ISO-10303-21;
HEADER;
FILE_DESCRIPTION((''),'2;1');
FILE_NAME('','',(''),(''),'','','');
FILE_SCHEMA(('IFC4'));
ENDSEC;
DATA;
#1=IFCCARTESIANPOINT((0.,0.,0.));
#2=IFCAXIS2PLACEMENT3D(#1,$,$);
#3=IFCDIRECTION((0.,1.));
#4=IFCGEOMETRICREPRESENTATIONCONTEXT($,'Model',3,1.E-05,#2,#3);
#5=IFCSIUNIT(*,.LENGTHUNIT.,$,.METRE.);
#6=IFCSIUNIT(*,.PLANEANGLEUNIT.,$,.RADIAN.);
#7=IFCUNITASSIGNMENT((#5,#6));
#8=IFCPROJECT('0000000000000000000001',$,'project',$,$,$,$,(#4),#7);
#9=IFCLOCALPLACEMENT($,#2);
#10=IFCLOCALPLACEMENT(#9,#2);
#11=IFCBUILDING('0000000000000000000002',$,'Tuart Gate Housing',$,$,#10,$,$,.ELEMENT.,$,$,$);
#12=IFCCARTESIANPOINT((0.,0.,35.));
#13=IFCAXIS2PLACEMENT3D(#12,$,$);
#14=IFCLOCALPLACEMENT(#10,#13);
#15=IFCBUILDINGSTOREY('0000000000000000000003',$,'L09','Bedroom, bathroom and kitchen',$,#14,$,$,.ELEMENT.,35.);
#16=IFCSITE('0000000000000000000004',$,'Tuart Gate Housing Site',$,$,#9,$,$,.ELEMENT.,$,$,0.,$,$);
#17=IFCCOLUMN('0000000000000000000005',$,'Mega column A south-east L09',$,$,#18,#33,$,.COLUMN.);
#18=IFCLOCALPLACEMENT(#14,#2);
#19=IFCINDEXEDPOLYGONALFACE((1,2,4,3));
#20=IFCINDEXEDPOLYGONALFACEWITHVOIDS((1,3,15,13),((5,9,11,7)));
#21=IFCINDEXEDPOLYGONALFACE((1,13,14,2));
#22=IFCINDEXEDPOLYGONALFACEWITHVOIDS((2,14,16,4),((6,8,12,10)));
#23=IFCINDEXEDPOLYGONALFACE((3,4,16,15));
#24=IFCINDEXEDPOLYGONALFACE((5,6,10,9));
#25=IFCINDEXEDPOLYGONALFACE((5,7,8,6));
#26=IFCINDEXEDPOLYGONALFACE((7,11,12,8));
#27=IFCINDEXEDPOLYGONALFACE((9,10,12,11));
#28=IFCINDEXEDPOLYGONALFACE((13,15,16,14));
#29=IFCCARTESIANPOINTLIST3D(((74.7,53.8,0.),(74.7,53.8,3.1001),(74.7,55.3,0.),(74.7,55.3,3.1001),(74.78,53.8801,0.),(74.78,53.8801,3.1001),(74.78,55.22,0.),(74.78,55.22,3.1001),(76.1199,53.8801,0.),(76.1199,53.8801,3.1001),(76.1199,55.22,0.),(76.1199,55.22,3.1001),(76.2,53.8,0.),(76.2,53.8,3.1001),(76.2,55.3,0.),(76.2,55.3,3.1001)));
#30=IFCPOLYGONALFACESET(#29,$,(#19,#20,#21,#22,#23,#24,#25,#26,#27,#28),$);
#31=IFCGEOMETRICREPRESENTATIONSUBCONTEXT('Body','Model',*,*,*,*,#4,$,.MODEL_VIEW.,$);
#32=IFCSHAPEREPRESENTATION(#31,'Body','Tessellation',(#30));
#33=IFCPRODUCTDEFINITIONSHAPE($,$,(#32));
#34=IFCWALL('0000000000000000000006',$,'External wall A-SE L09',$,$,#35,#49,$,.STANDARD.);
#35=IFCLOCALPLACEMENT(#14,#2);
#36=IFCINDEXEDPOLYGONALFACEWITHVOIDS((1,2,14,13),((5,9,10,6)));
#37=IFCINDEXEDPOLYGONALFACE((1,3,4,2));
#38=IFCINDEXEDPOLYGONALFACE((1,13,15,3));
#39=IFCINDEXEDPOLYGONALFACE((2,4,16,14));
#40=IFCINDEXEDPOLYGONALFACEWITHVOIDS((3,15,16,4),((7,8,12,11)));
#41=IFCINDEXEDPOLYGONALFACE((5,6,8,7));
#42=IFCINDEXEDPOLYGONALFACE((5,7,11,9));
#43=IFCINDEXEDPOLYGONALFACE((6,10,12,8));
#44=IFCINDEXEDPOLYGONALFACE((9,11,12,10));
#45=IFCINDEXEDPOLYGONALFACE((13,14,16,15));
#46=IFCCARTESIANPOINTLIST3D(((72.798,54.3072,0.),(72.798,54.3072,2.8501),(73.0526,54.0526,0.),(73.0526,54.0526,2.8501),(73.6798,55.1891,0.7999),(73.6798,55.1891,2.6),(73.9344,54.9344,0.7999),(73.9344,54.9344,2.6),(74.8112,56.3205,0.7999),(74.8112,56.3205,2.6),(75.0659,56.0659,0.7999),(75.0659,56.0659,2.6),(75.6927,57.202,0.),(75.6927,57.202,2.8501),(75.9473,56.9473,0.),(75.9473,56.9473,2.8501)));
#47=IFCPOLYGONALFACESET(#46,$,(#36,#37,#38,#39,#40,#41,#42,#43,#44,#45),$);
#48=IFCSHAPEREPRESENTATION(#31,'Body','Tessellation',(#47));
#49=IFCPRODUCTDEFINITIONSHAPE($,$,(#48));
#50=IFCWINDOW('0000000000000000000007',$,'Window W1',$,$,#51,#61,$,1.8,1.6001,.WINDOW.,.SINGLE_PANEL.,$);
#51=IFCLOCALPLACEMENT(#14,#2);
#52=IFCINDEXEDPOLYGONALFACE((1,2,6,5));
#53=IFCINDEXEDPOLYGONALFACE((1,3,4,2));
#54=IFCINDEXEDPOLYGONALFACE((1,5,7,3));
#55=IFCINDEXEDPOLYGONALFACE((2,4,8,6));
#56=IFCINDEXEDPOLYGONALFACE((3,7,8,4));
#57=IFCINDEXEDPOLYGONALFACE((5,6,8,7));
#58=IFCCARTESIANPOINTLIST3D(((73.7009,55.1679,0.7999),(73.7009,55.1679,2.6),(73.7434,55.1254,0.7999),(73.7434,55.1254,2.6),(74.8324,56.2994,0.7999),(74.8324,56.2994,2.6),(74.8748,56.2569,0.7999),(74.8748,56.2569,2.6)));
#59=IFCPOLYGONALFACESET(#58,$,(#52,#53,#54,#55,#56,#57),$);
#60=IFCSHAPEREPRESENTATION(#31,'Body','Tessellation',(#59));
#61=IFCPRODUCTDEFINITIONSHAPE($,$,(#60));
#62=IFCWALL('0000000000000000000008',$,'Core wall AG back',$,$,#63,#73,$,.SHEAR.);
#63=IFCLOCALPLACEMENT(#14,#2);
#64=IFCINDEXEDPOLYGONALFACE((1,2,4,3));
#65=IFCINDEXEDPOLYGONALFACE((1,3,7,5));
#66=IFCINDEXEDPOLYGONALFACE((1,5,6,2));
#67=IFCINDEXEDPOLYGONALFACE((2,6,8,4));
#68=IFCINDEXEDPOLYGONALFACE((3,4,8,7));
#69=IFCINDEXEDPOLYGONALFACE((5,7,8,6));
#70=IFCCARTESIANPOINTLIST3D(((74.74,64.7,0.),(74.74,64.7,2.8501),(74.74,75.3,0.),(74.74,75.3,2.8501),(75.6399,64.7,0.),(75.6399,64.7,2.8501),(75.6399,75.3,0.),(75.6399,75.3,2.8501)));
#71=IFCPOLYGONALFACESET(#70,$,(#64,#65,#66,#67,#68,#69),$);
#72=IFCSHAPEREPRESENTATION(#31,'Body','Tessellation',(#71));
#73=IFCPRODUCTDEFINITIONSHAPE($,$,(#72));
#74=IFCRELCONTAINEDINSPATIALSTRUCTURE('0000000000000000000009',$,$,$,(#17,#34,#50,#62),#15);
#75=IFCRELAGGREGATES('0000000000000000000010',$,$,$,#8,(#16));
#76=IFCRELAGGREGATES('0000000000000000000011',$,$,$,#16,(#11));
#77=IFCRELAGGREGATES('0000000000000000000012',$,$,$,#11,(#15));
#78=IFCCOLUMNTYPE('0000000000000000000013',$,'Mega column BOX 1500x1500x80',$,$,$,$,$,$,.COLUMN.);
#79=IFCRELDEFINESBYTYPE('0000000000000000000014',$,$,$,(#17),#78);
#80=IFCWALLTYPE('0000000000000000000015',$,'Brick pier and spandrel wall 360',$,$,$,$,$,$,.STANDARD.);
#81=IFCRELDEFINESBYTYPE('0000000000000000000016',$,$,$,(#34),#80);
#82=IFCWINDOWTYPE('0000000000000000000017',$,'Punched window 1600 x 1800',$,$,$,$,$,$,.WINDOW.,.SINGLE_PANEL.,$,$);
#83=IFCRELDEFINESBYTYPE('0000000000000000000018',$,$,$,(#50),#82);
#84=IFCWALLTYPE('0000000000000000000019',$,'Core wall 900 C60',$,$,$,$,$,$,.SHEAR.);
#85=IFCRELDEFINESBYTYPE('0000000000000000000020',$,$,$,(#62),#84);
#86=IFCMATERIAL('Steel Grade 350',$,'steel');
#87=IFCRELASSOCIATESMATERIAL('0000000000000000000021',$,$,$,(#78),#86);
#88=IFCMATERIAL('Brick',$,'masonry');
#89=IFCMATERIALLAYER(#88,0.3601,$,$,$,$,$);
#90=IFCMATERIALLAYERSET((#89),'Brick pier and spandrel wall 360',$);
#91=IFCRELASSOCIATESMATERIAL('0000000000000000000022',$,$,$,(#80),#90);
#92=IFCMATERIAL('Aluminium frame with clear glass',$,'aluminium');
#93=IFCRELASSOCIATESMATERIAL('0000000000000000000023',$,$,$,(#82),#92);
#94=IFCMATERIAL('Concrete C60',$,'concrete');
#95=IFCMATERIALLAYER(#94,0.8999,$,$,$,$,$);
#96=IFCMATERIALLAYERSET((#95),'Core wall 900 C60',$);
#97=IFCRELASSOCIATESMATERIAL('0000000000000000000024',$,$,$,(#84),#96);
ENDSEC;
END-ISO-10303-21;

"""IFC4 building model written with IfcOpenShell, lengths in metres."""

from ifc_helpers import new_model, si_unit, direction, frame, frame_2d, origin, origin_2d, place, context, subcontext, project, spatial, rectangle, hollow_rectangle, extrude, material, layer, layer_set, material_profile, profile_set, type_object, element, fill, save


model = new_model("IFC4")

# Units and contexts
model_context = context("Model", 3, precision=1e-05, world=origin(), true_north=direction((0.0, 1.0)))
body_context = subcontext(model_context, "Body", "Model", "MODEL_VIEW")
ifc_project = project(units=[si_unit("LENGTHUNIT", "METRE"), si_unit("PLANEANGLEUNIT", "RADIAN")], contexts=[model_context])

# Site, building, storey
site_placement = place(None, origin())
site = spatial("IfcSite", under=ifc_project, at=site_placement, Name="Tuart Gate Housing Site", CompositionType="ELEMENT", RefElevation=0.0)
building_placement = place(site_placement, origin())
building = spatial("IfcBuilding", under=site, at=building_placement, Name="Tuart Gate Housing", CompositionType="ELEMENT")
storey_placement = place(building_placement, frame((0.0, 0.0, 35.0)))
storey = spatial("IfcBuildingStorey", under=building, at=storey_placement, Name="L09", Description="Bedroom, bathroom and kitchen", CompositionType="ELEMENT", Elevation=35.0)

# Column
ifc_material_1 = material(Name="Steel Grade 350", Category="steel")
ifc_material_profile = material_profile(ifc_material_1, hollow_rectangle(XDim=1.5, YDim=1.5, WallThickness=0.0801, at=origin_2d()), Name="BOX 1500x1500x80")
ifc_profile_set = profile_set([ifc_material_profile], Name="Steel Grade 350")
column_type = type_object("IfcColumnType", Name="Mega column BOX 1500x1500x80", PredefinedType="COLUMN", material=ifc_profile_set)
column_placement = place(storey_placement, frame((75.45, 54.55, 0.0), z_axis=(0.0, 0.0, 1.0), x_axis=(1.0, 0.0, 0.0)))
element("IfcColumn", 1, at=column_placement, inside=storey, type_object=column_type, Name="Mega column A south-east L09", PredefinedType="COLUMN", context=body_context, shape_type="SweptSolid", body=[
    extrude(hollow_rectangle(XDim=1.5, YDim=1.5, WallThickness=0.0801, at=origin_2d()), origin(), (0.0, 0.0, 1.0), 3.1001),
])

# Wall, opening, window
ifc_material_2 = material(Name="Brick", Category="masonry")
ifc_layer_1 = layer(ifc_material_2, 0.3601)
ifc_layer_set_1 = layer_set([ifc_layer_1], Name="Brick pier and spandrel wall 360")
wall_type_1 = type_object("IfcWallType", Name="Brick pier and spandrel wall 360", PredefinedType="STANDARD", material=ifc_layer_set_1)
wall_1_placement = place(storey_placement, frame((72.9253, 54.1799, 0.0), z_axis=(0.0, 0.0, 1.0), x_axis=(0.707107, 0.707107, 0.0)))
wall_1 = element("IfcWall", 2, at=wall_1_placement, inside=storey, type_object=wall_type_1, Name="External wall A-SE L09", PredefinedType="STANDARD", context=body_context, shape_type="SweptSolid", body=[
    extrude(rectangle(XDim=4.0938, YDim=0.3601, at=frame_2d((2.0469, 0.0))), origin(), (0.0, 0.0, 1.0), 2.8501),
])
opening_placement = place(wall_1_placement, frame((1.2471, 0.0, 0.8)))
opening = element("IfcOpeningElement", 3, at=opening_placement, cuts=wall_1, PredefinedType="OPENING", context=body_context, shape_type="SweptSolid", body=[
    extrude(rectangle(XDim=1.6001, YDim=1.8, at=frame_2d((0.8, 0.8999))), frame((0.0, 0.1899, 0.0), z_axis=(0.0, -1.0, 0.0), x_axis=(1.0, 0.0, 0.0)), (0.0, 0.0, 1.0), 0.3801),
])
ifc_material_3 = material(Name="Aluminium frame with clear glass", Category="aluminium")
window_type = type_object("IfcWindowType", Name="Punched window 1600 x 1800", PartitioningType="SINGLE_PANEL", PredefinedType="WINDOW", material=ifc_material_3)
window_placement = place(opening_placement, origin())
window = element("IfcWindow", 4, at=window_placement, inside=storey, type_object=window_type, Name="Window W1", OverallHeight=1.8, OverallWidth=1.6001, PartitioningType="SINGLE_PANEL", PredefinedType="WINDOW", context=body_context, shape_type="SweptSolid", body=[
    extrude(rectangle(XDim=1.6001, YDim=1.8, at=frame_2d((0.8, 0.8999))), frame((0.0, 0.1501, 0.0), z_axis=(0.0, -1.0, 0.0), x_axis=(1.0, 0.0, 0.0)), (0.0, 0.0, 1.0), 0.0601),
])
fill(opening, window)

# Wall
ifc_material_4 = material(Name="Concrete C60", Category="concrete")
ifc_layer_2 = layer(ifc_material_4, 0.8999)
ifc_layer_set_2 = layer_set([ifc_layer_2], Name="Core wall 900 C60")
wall_type_2 = type_object("IfcWallType", Name="Core wall 900 C60", PredefinedType="SHEAR", material=ifc_layer_set_2)
wall_2_placement = place(storey_placement, frame((75.1899, 64.7, 0.0), z_axis=(0.0, 0.0, 1.0), x_axis=(0.0, 1.0, 0.0)))
element("IfcWall", 5, at=wall_2_placement, inside=storey, type_object=wall_type_2, Name="Core wall AG back", PredefinedType="SHEAR", context=body_context, shape_type="SweptSolid", body=[
    extrude(rectangle(XDim=10.6001, YDim=0.8999, at=frame_2d((5.3, 0.0))), origin(), (0.0, 0.0, 1.0), 2.8501),
])

save(model, "model.ifc")
